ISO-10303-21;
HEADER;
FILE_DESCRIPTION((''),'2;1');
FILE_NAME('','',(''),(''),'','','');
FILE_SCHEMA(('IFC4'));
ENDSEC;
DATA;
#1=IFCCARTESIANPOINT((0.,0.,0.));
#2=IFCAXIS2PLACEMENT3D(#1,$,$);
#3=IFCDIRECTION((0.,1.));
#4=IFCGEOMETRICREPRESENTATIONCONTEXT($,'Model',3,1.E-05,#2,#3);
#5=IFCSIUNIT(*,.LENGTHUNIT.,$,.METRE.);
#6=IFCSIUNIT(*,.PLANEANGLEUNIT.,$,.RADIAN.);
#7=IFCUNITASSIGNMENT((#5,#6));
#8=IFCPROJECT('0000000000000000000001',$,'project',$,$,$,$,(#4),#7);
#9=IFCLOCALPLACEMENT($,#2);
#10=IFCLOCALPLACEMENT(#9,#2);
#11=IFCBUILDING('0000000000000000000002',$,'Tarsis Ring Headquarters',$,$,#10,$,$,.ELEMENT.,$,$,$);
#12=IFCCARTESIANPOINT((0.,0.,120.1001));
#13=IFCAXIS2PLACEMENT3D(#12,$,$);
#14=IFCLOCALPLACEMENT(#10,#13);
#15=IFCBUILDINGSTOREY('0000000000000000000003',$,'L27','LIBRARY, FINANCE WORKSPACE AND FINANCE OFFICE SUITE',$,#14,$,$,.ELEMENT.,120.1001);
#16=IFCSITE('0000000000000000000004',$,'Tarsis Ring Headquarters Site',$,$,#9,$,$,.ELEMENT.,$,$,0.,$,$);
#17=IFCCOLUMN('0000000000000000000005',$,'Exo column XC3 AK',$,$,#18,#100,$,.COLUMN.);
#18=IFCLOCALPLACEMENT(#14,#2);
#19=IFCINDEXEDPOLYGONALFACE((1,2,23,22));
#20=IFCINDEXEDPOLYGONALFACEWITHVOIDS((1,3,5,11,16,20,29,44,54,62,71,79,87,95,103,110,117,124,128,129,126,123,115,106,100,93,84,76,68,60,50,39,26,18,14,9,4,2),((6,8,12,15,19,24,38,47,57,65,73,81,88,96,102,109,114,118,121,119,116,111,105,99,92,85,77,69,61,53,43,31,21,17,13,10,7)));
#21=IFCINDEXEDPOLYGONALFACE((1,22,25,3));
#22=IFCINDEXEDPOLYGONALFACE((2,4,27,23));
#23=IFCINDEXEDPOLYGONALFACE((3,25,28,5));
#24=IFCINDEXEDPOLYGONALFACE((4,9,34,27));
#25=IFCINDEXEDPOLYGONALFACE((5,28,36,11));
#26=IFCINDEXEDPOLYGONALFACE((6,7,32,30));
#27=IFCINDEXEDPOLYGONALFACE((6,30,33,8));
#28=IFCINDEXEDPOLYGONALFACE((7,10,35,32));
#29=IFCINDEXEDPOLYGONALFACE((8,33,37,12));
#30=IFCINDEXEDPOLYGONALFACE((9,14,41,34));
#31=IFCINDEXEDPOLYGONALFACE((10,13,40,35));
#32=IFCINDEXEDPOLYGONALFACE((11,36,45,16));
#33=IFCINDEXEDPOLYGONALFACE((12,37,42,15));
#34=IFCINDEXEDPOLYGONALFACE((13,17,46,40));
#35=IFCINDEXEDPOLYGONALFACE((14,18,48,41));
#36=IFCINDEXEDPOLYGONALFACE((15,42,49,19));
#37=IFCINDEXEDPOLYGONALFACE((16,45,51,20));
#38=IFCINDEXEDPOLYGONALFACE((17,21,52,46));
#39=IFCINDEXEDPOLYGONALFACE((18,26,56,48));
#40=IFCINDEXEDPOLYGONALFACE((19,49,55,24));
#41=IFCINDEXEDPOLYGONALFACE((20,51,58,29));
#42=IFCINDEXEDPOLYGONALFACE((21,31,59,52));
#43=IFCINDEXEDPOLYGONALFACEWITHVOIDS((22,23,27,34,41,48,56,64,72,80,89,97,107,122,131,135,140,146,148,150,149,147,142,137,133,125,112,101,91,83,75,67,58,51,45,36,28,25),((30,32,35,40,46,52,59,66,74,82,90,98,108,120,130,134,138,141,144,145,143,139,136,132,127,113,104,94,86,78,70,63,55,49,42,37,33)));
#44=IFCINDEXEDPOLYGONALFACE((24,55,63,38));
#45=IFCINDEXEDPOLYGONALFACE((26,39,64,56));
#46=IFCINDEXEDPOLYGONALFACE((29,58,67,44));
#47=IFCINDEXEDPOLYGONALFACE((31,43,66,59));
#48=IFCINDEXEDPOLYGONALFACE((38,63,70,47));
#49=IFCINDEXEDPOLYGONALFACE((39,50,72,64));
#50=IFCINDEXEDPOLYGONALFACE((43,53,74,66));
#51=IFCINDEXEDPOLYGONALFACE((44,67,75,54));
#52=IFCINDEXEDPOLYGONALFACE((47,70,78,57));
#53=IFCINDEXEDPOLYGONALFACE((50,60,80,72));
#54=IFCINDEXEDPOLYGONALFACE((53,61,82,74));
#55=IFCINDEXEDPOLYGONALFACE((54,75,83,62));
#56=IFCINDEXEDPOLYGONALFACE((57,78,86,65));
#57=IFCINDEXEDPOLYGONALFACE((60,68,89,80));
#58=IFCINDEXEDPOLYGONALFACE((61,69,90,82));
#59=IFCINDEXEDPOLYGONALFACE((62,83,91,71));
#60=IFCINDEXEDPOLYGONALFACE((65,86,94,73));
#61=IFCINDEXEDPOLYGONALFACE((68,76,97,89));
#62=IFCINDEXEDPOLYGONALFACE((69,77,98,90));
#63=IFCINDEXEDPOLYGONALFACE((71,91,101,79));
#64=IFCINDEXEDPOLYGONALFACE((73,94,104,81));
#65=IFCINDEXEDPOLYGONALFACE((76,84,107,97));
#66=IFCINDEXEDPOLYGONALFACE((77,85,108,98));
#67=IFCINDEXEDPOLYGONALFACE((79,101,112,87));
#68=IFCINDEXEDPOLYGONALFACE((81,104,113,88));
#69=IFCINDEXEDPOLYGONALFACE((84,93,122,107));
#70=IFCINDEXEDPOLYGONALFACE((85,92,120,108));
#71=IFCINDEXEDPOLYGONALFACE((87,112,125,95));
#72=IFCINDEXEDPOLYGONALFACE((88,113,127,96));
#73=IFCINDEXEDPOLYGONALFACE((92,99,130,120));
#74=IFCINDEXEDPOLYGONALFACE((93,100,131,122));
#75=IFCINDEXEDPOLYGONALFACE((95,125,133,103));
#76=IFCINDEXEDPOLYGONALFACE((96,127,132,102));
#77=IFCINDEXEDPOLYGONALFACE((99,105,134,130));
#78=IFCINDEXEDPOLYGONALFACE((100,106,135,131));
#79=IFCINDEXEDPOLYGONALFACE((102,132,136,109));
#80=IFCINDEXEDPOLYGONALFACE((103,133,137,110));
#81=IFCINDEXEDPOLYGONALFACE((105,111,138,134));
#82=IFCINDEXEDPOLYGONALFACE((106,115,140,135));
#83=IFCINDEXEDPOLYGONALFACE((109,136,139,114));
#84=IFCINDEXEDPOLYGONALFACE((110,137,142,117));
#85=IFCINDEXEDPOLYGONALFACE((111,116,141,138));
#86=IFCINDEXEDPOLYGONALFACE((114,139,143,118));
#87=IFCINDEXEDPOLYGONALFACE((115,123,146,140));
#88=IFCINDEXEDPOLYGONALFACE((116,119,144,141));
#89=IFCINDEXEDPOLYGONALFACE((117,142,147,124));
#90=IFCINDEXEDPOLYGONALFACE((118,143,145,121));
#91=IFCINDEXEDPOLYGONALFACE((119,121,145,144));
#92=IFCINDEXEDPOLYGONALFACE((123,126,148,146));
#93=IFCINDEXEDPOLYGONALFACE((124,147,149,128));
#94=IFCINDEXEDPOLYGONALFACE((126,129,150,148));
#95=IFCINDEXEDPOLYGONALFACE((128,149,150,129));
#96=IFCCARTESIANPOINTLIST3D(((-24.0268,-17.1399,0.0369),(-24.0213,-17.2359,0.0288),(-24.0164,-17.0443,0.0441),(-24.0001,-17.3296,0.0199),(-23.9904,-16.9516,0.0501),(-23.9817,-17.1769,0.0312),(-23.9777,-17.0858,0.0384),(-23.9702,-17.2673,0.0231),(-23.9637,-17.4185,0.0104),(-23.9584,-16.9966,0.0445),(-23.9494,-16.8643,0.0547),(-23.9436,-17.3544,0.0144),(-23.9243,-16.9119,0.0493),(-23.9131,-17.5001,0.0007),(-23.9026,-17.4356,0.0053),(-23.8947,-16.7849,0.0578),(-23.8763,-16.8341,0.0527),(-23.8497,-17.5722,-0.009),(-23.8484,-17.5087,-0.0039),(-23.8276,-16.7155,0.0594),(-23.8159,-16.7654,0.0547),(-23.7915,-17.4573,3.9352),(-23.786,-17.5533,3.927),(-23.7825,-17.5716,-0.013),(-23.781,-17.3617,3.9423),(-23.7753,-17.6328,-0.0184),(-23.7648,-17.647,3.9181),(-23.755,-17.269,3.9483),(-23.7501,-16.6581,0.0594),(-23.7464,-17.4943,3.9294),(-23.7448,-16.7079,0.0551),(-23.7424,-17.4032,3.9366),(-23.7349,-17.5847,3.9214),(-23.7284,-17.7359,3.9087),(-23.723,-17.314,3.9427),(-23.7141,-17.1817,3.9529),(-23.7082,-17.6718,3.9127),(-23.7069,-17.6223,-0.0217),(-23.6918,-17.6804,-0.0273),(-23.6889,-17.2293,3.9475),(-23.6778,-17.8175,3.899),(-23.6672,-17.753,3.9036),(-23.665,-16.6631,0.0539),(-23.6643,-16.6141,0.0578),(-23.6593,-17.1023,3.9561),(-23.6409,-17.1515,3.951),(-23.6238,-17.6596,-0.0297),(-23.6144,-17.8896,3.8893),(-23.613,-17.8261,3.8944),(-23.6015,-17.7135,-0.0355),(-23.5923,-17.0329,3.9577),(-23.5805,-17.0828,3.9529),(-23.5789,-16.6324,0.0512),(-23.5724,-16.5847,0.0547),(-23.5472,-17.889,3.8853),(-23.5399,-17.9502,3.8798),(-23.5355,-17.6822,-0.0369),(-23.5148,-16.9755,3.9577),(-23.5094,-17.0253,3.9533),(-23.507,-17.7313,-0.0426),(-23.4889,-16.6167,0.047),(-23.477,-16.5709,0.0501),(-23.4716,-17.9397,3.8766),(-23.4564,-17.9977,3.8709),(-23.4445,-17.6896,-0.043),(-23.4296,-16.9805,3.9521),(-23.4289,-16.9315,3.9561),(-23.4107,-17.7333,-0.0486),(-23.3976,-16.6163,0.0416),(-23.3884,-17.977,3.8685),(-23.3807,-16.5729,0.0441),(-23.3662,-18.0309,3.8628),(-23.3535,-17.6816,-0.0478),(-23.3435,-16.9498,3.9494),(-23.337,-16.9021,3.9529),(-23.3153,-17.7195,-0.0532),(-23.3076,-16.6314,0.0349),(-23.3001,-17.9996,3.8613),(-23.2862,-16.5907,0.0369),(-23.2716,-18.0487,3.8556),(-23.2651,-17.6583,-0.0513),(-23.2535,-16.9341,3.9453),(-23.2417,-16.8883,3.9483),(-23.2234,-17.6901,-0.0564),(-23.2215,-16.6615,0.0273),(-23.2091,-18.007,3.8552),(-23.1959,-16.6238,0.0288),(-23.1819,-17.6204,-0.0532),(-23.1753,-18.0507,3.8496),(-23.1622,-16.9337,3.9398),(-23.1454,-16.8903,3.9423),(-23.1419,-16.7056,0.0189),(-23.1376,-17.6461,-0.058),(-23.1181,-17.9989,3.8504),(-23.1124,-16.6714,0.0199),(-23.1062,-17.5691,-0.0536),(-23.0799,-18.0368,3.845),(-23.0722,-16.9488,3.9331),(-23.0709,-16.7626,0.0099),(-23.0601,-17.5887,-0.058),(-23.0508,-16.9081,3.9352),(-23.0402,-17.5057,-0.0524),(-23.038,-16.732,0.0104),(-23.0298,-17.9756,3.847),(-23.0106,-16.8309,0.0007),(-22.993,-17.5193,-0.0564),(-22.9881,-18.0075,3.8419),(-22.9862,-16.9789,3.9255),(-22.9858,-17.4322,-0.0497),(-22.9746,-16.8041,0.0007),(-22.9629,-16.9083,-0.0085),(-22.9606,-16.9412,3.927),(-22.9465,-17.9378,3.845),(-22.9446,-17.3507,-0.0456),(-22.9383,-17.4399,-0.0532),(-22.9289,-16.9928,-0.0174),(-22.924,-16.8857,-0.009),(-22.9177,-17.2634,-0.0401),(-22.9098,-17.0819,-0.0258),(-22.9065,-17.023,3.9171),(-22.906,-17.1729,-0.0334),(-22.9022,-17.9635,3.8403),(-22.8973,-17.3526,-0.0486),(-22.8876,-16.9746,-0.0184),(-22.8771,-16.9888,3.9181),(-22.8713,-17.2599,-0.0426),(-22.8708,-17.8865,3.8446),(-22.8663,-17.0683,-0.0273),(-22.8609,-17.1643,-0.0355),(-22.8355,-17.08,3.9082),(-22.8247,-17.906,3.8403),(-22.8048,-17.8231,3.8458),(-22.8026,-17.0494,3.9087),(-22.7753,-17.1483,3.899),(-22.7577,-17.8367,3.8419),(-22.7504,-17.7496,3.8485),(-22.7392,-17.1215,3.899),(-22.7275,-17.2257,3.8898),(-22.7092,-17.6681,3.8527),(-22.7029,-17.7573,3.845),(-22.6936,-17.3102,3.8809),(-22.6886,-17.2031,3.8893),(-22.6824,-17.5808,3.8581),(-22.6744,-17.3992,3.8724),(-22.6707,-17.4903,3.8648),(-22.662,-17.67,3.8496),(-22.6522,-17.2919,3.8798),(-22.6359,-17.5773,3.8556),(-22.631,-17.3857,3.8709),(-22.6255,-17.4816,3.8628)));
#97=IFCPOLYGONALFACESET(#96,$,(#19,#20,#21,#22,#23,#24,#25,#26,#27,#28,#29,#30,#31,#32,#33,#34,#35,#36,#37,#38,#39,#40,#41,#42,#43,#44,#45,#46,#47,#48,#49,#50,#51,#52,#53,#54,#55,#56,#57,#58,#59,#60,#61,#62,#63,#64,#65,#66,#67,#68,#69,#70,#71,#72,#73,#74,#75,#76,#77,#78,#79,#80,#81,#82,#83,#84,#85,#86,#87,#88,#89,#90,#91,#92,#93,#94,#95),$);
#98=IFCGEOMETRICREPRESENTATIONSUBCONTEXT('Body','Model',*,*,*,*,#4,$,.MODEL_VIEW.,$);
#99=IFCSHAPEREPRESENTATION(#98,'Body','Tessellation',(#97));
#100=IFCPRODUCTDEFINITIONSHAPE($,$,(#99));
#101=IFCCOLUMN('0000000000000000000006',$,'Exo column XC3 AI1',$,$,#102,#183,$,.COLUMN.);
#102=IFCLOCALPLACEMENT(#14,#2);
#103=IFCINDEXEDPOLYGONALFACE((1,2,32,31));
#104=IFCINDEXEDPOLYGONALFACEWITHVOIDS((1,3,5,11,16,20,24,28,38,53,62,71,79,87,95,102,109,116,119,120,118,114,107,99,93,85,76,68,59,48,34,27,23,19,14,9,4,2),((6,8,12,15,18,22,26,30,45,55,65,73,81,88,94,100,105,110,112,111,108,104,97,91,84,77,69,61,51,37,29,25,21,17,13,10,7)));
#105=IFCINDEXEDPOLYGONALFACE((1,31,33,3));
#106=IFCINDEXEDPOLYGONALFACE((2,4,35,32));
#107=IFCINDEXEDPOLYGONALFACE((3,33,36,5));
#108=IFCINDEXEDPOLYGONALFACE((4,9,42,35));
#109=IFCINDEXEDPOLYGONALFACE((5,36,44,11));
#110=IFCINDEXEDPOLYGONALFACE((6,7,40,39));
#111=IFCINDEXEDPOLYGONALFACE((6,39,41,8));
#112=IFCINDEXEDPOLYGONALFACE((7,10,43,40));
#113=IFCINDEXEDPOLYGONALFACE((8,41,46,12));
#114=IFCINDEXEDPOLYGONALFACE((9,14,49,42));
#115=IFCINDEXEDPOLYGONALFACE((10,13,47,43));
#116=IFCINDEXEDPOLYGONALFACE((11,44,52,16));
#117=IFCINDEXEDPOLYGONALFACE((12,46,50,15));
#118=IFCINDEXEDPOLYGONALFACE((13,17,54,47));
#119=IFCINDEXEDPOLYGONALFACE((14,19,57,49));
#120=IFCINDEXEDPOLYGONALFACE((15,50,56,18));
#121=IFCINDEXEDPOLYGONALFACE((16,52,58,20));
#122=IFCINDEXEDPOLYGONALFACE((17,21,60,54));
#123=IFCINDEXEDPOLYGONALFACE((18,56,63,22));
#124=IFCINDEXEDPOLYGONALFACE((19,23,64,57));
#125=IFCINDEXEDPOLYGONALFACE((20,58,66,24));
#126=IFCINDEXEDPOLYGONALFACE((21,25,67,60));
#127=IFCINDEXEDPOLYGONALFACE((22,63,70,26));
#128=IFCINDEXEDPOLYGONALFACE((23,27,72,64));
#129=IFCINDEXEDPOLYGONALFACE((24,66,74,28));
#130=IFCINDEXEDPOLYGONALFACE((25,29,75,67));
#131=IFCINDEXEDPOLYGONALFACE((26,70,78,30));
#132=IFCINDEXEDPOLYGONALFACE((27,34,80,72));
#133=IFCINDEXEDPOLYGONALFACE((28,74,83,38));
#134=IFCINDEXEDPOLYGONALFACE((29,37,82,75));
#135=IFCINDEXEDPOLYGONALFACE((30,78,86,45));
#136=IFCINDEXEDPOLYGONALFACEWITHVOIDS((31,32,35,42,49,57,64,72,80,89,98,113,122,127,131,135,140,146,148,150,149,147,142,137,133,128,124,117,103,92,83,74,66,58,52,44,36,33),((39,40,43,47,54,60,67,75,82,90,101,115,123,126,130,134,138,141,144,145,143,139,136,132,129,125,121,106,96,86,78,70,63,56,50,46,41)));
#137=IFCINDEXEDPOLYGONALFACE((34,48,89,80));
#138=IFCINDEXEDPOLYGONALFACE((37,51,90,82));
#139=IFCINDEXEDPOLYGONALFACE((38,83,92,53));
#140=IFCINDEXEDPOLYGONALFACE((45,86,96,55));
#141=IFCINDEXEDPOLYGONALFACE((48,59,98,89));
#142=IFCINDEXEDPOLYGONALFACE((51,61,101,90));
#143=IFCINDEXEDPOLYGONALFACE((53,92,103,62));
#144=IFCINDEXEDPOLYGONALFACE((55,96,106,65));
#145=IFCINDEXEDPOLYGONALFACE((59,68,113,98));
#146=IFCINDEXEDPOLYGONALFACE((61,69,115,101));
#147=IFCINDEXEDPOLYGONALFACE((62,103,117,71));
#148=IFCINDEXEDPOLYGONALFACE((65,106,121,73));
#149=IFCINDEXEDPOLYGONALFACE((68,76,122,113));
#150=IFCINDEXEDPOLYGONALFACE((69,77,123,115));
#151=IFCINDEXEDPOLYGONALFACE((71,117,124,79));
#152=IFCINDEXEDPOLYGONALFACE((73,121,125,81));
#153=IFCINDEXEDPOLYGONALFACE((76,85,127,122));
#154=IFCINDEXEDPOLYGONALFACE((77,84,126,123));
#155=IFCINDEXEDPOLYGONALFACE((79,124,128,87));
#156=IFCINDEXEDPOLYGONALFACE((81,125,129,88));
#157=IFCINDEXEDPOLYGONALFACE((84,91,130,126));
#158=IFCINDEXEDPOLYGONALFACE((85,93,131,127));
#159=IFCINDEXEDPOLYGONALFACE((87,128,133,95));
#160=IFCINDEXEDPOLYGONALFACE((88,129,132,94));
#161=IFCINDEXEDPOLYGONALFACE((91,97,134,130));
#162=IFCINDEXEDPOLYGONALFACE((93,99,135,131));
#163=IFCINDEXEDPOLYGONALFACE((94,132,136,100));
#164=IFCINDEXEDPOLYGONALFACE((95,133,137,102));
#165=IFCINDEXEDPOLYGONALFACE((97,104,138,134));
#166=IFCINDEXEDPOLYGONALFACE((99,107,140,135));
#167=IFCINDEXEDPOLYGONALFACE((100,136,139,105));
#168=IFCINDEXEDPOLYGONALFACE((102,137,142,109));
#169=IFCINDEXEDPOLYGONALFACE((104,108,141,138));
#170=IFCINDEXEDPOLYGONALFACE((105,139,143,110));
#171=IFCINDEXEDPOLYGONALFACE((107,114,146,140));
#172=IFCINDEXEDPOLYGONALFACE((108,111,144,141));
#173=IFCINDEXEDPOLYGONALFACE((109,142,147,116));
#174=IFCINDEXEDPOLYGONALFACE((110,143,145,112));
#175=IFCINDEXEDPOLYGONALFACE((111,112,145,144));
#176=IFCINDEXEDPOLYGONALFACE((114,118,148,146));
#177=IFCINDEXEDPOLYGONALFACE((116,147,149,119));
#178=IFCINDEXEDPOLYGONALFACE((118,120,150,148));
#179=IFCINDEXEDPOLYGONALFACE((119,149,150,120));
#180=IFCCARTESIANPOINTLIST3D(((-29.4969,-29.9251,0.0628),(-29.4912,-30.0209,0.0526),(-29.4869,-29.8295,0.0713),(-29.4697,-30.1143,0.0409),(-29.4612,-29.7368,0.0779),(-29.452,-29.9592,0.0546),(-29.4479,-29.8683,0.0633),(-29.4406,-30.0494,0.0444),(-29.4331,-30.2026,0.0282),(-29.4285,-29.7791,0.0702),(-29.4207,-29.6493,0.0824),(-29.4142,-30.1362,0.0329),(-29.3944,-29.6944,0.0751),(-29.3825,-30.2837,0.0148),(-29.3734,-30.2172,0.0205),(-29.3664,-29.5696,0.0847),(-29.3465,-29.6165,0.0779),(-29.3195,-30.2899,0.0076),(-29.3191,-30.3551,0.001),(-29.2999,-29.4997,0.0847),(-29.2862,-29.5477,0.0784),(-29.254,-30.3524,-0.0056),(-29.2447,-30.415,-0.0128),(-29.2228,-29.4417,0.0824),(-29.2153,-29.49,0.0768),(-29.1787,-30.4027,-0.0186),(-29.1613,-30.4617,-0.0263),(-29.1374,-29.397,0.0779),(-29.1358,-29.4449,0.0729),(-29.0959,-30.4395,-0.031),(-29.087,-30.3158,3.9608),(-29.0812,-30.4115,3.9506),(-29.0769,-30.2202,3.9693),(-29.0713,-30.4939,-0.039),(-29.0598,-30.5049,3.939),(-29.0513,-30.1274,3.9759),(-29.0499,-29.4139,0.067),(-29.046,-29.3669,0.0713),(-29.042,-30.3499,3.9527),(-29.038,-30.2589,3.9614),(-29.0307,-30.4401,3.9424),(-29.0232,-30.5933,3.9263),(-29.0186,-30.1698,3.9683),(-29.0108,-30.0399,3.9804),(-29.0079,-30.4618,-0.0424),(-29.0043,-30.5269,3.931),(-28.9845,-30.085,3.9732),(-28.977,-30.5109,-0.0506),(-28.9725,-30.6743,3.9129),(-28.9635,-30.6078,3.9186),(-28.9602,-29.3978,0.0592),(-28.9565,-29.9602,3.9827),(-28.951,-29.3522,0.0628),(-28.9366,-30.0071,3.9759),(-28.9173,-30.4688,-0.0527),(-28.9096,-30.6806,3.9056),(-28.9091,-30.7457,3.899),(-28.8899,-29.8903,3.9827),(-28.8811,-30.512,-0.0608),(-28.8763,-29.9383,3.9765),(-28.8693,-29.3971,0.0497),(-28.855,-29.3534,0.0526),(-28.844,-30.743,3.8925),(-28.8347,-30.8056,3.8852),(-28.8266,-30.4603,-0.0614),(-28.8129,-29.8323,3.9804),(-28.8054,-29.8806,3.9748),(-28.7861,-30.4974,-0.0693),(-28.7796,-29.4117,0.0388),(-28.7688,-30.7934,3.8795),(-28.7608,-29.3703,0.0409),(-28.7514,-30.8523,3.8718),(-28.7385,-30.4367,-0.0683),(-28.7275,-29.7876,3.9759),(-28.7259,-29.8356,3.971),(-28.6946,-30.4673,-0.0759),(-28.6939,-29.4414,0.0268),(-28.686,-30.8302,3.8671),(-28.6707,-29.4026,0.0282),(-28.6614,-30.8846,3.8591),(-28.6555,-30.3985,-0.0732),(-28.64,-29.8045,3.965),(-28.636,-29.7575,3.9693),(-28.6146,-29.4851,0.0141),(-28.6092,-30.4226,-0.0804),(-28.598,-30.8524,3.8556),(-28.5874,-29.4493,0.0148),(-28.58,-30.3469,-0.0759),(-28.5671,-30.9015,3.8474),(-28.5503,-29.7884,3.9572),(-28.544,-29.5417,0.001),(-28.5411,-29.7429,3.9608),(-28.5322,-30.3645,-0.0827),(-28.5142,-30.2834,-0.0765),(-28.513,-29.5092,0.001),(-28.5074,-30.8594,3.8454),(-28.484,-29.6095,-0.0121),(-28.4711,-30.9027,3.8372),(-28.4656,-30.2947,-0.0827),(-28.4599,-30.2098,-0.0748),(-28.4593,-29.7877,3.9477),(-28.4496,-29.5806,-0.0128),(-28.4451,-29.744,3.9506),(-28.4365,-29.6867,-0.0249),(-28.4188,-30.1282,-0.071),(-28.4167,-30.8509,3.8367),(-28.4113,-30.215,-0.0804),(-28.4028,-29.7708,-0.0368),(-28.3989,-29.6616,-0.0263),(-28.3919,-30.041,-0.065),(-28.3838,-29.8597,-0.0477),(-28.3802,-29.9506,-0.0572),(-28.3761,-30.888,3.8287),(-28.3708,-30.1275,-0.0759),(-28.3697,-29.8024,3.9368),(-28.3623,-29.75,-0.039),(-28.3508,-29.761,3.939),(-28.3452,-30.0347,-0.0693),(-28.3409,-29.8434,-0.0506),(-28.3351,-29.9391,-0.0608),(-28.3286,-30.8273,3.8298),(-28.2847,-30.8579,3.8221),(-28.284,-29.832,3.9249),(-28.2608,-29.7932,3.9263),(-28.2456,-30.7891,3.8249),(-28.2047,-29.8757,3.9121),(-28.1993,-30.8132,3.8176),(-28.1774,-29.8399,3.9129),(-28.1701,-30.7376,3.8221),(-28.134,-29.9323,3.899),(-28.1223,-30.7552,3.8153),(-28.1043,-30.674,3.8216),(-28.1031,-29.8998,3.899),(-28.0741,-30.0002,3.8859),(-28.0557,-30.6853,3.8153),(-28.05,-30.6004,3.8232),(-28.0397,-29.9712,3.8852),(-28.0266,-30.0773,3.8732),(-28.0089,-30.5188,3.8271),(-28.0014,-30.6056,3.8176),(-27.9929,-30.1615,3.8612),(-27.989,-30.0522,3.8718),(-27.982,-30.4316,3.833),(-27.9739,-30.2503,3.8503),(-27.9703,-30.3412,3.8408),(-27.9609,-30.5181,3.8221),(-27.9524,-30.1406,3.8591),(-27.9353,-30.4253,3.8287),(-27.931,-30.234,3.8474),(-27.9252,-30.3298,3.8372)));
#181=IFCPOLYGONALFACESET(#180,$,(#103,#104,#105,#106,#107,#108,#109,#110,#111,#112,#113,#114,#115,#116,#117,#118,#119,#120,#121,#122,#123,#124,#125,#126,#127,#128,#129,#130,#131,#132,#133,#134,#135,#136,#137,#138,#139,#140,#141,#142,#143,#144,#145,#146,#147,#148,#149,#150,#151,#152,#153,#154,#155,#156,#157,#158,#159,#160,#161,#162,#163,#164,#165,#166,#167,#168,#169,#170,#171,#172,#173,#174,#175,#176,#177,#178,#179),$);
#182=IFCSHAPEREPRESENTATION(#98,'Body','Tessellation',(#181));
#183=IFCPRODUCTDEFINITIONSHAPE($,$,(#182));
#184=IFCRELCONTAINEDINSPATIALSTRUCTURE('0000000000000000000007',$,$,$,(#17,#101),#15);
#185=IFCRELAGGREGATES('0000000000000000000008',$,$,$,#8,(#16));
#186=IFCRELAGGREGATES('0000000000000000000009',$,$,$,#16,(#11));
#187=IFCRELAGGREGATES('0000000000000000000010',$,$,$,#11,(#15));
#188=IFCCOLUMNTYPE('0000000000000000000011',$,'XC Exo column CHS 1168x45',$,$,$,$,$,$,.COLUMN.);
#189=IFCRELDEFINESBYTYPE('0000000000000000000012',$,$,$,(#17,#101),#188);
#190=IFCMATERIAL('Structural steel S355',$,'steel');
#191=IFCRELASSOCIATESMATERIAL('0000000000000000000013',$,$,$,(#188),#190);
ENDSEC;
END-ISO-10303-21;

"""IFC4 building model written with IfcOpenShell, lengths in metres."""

from ifc_helpers import new_model, si_unit, direction, frame, origin, origin_2d, place, context, subcontext, project, spatial, hollow_circle, extrude, material, material_profile, profile_set, type_object, element, save


model = new_model("IFC4")

# Units and contexts
model_context = context("Model", 3, precision=1e-05, world=origin(), true_north=direction((0.0, 1.0)))
body_context = subcontext(model_context, "Body", "Model", "MODEL_VIEW")
ifc_project = project(units=[si_unit("LENGTHUNIT", "METRE"), si_unit("PLANEANGLEUNIT", "RADIAN")], contexts=[model_context])

# Site, building, storey
site_placement = place(None, origin())
site = spatial("IfcSite", under=ifc_project, at=site_placement, Name="Tarsis Ring Headquarters Site", CompositionType="ELEMENT", RefElevation=0.0)
building_placement = place(site_placement, origin())
building = spatial("IfcBuilding", under=site, at=building_placement, Name="Tarsis Ring Headquarters", CompositionType="ELEMENT")
storey_placement = place(building_placement, frame((0.0, 0.0, 120.1001)))
storey = spatial("IfcBuildingStorey", under=building, at=storey_placement, Name="L27", Description="LIBRARY, FINANCE WORKSPACE AND FINANCE OFFICE SUITE", CompositionType="ELEMENT", Elevation=120.1001)

# Columns
ifc_material_1 = material(Name="Structural steel S355", Category="steel")
ifc_material_profile_1 = material_profile(ifc_material_1, hollow_circle(Radius=0.5842, WallThickness=0.0449, at=origin_2d()), Name="CHS 1168x45")
ifc_profile_set_1 = profile_set([ifc_material_profile_1], Name="Structural steel S355")
column_type = type_object("IfcColumnType", Name="XC Exo column CHS 1168x45", PredefinedType="COLUMN", material=ifc_profile_set_1)
column_1_placement = place(storey_placement, frame((-23.4438, -17.1521, 0.0007), z_axis=(0.060067, -0.081003, 0.994902), x_axis=(0.803251, 0.595641, 0.0)))
element("IfcColumn", 1, at=column_1_placement, inside=storey, type_object=column_type, Name="Exo column XC3 AK", PredefinedType="COLUMN", context=body_context, shape_type="SweptSolid", body=[
    extrude(hollow_circle(Radius=0.5842, WallThickness=0.0449, at=origin_2d()), origin(), (0.0, 0.0, 1.0), 3.9182),
])
column_2_placement = place(storey_placement, frame((-28.916, -29.9321, 0.001), z_axis=(0.104069, -0.099172, 0.989613), x_axis=(0.68987, 0.723933, 0.0)))
element("IfcColumn", 2, at=column_2_placement, inside=storey, type_object=column_type, Name="Exo column XC3 AI1", PredefinedType="COLUMN", context=body_context, shape_type="SweptSolid", body=[
    extrude(hollow_circle(Radius=0.5842, WallThickness=0.0449, at=origin_2d()), origin(), (0.0, 0.0, 1.0), 3.939),
])

save(model, "model.ifc")
